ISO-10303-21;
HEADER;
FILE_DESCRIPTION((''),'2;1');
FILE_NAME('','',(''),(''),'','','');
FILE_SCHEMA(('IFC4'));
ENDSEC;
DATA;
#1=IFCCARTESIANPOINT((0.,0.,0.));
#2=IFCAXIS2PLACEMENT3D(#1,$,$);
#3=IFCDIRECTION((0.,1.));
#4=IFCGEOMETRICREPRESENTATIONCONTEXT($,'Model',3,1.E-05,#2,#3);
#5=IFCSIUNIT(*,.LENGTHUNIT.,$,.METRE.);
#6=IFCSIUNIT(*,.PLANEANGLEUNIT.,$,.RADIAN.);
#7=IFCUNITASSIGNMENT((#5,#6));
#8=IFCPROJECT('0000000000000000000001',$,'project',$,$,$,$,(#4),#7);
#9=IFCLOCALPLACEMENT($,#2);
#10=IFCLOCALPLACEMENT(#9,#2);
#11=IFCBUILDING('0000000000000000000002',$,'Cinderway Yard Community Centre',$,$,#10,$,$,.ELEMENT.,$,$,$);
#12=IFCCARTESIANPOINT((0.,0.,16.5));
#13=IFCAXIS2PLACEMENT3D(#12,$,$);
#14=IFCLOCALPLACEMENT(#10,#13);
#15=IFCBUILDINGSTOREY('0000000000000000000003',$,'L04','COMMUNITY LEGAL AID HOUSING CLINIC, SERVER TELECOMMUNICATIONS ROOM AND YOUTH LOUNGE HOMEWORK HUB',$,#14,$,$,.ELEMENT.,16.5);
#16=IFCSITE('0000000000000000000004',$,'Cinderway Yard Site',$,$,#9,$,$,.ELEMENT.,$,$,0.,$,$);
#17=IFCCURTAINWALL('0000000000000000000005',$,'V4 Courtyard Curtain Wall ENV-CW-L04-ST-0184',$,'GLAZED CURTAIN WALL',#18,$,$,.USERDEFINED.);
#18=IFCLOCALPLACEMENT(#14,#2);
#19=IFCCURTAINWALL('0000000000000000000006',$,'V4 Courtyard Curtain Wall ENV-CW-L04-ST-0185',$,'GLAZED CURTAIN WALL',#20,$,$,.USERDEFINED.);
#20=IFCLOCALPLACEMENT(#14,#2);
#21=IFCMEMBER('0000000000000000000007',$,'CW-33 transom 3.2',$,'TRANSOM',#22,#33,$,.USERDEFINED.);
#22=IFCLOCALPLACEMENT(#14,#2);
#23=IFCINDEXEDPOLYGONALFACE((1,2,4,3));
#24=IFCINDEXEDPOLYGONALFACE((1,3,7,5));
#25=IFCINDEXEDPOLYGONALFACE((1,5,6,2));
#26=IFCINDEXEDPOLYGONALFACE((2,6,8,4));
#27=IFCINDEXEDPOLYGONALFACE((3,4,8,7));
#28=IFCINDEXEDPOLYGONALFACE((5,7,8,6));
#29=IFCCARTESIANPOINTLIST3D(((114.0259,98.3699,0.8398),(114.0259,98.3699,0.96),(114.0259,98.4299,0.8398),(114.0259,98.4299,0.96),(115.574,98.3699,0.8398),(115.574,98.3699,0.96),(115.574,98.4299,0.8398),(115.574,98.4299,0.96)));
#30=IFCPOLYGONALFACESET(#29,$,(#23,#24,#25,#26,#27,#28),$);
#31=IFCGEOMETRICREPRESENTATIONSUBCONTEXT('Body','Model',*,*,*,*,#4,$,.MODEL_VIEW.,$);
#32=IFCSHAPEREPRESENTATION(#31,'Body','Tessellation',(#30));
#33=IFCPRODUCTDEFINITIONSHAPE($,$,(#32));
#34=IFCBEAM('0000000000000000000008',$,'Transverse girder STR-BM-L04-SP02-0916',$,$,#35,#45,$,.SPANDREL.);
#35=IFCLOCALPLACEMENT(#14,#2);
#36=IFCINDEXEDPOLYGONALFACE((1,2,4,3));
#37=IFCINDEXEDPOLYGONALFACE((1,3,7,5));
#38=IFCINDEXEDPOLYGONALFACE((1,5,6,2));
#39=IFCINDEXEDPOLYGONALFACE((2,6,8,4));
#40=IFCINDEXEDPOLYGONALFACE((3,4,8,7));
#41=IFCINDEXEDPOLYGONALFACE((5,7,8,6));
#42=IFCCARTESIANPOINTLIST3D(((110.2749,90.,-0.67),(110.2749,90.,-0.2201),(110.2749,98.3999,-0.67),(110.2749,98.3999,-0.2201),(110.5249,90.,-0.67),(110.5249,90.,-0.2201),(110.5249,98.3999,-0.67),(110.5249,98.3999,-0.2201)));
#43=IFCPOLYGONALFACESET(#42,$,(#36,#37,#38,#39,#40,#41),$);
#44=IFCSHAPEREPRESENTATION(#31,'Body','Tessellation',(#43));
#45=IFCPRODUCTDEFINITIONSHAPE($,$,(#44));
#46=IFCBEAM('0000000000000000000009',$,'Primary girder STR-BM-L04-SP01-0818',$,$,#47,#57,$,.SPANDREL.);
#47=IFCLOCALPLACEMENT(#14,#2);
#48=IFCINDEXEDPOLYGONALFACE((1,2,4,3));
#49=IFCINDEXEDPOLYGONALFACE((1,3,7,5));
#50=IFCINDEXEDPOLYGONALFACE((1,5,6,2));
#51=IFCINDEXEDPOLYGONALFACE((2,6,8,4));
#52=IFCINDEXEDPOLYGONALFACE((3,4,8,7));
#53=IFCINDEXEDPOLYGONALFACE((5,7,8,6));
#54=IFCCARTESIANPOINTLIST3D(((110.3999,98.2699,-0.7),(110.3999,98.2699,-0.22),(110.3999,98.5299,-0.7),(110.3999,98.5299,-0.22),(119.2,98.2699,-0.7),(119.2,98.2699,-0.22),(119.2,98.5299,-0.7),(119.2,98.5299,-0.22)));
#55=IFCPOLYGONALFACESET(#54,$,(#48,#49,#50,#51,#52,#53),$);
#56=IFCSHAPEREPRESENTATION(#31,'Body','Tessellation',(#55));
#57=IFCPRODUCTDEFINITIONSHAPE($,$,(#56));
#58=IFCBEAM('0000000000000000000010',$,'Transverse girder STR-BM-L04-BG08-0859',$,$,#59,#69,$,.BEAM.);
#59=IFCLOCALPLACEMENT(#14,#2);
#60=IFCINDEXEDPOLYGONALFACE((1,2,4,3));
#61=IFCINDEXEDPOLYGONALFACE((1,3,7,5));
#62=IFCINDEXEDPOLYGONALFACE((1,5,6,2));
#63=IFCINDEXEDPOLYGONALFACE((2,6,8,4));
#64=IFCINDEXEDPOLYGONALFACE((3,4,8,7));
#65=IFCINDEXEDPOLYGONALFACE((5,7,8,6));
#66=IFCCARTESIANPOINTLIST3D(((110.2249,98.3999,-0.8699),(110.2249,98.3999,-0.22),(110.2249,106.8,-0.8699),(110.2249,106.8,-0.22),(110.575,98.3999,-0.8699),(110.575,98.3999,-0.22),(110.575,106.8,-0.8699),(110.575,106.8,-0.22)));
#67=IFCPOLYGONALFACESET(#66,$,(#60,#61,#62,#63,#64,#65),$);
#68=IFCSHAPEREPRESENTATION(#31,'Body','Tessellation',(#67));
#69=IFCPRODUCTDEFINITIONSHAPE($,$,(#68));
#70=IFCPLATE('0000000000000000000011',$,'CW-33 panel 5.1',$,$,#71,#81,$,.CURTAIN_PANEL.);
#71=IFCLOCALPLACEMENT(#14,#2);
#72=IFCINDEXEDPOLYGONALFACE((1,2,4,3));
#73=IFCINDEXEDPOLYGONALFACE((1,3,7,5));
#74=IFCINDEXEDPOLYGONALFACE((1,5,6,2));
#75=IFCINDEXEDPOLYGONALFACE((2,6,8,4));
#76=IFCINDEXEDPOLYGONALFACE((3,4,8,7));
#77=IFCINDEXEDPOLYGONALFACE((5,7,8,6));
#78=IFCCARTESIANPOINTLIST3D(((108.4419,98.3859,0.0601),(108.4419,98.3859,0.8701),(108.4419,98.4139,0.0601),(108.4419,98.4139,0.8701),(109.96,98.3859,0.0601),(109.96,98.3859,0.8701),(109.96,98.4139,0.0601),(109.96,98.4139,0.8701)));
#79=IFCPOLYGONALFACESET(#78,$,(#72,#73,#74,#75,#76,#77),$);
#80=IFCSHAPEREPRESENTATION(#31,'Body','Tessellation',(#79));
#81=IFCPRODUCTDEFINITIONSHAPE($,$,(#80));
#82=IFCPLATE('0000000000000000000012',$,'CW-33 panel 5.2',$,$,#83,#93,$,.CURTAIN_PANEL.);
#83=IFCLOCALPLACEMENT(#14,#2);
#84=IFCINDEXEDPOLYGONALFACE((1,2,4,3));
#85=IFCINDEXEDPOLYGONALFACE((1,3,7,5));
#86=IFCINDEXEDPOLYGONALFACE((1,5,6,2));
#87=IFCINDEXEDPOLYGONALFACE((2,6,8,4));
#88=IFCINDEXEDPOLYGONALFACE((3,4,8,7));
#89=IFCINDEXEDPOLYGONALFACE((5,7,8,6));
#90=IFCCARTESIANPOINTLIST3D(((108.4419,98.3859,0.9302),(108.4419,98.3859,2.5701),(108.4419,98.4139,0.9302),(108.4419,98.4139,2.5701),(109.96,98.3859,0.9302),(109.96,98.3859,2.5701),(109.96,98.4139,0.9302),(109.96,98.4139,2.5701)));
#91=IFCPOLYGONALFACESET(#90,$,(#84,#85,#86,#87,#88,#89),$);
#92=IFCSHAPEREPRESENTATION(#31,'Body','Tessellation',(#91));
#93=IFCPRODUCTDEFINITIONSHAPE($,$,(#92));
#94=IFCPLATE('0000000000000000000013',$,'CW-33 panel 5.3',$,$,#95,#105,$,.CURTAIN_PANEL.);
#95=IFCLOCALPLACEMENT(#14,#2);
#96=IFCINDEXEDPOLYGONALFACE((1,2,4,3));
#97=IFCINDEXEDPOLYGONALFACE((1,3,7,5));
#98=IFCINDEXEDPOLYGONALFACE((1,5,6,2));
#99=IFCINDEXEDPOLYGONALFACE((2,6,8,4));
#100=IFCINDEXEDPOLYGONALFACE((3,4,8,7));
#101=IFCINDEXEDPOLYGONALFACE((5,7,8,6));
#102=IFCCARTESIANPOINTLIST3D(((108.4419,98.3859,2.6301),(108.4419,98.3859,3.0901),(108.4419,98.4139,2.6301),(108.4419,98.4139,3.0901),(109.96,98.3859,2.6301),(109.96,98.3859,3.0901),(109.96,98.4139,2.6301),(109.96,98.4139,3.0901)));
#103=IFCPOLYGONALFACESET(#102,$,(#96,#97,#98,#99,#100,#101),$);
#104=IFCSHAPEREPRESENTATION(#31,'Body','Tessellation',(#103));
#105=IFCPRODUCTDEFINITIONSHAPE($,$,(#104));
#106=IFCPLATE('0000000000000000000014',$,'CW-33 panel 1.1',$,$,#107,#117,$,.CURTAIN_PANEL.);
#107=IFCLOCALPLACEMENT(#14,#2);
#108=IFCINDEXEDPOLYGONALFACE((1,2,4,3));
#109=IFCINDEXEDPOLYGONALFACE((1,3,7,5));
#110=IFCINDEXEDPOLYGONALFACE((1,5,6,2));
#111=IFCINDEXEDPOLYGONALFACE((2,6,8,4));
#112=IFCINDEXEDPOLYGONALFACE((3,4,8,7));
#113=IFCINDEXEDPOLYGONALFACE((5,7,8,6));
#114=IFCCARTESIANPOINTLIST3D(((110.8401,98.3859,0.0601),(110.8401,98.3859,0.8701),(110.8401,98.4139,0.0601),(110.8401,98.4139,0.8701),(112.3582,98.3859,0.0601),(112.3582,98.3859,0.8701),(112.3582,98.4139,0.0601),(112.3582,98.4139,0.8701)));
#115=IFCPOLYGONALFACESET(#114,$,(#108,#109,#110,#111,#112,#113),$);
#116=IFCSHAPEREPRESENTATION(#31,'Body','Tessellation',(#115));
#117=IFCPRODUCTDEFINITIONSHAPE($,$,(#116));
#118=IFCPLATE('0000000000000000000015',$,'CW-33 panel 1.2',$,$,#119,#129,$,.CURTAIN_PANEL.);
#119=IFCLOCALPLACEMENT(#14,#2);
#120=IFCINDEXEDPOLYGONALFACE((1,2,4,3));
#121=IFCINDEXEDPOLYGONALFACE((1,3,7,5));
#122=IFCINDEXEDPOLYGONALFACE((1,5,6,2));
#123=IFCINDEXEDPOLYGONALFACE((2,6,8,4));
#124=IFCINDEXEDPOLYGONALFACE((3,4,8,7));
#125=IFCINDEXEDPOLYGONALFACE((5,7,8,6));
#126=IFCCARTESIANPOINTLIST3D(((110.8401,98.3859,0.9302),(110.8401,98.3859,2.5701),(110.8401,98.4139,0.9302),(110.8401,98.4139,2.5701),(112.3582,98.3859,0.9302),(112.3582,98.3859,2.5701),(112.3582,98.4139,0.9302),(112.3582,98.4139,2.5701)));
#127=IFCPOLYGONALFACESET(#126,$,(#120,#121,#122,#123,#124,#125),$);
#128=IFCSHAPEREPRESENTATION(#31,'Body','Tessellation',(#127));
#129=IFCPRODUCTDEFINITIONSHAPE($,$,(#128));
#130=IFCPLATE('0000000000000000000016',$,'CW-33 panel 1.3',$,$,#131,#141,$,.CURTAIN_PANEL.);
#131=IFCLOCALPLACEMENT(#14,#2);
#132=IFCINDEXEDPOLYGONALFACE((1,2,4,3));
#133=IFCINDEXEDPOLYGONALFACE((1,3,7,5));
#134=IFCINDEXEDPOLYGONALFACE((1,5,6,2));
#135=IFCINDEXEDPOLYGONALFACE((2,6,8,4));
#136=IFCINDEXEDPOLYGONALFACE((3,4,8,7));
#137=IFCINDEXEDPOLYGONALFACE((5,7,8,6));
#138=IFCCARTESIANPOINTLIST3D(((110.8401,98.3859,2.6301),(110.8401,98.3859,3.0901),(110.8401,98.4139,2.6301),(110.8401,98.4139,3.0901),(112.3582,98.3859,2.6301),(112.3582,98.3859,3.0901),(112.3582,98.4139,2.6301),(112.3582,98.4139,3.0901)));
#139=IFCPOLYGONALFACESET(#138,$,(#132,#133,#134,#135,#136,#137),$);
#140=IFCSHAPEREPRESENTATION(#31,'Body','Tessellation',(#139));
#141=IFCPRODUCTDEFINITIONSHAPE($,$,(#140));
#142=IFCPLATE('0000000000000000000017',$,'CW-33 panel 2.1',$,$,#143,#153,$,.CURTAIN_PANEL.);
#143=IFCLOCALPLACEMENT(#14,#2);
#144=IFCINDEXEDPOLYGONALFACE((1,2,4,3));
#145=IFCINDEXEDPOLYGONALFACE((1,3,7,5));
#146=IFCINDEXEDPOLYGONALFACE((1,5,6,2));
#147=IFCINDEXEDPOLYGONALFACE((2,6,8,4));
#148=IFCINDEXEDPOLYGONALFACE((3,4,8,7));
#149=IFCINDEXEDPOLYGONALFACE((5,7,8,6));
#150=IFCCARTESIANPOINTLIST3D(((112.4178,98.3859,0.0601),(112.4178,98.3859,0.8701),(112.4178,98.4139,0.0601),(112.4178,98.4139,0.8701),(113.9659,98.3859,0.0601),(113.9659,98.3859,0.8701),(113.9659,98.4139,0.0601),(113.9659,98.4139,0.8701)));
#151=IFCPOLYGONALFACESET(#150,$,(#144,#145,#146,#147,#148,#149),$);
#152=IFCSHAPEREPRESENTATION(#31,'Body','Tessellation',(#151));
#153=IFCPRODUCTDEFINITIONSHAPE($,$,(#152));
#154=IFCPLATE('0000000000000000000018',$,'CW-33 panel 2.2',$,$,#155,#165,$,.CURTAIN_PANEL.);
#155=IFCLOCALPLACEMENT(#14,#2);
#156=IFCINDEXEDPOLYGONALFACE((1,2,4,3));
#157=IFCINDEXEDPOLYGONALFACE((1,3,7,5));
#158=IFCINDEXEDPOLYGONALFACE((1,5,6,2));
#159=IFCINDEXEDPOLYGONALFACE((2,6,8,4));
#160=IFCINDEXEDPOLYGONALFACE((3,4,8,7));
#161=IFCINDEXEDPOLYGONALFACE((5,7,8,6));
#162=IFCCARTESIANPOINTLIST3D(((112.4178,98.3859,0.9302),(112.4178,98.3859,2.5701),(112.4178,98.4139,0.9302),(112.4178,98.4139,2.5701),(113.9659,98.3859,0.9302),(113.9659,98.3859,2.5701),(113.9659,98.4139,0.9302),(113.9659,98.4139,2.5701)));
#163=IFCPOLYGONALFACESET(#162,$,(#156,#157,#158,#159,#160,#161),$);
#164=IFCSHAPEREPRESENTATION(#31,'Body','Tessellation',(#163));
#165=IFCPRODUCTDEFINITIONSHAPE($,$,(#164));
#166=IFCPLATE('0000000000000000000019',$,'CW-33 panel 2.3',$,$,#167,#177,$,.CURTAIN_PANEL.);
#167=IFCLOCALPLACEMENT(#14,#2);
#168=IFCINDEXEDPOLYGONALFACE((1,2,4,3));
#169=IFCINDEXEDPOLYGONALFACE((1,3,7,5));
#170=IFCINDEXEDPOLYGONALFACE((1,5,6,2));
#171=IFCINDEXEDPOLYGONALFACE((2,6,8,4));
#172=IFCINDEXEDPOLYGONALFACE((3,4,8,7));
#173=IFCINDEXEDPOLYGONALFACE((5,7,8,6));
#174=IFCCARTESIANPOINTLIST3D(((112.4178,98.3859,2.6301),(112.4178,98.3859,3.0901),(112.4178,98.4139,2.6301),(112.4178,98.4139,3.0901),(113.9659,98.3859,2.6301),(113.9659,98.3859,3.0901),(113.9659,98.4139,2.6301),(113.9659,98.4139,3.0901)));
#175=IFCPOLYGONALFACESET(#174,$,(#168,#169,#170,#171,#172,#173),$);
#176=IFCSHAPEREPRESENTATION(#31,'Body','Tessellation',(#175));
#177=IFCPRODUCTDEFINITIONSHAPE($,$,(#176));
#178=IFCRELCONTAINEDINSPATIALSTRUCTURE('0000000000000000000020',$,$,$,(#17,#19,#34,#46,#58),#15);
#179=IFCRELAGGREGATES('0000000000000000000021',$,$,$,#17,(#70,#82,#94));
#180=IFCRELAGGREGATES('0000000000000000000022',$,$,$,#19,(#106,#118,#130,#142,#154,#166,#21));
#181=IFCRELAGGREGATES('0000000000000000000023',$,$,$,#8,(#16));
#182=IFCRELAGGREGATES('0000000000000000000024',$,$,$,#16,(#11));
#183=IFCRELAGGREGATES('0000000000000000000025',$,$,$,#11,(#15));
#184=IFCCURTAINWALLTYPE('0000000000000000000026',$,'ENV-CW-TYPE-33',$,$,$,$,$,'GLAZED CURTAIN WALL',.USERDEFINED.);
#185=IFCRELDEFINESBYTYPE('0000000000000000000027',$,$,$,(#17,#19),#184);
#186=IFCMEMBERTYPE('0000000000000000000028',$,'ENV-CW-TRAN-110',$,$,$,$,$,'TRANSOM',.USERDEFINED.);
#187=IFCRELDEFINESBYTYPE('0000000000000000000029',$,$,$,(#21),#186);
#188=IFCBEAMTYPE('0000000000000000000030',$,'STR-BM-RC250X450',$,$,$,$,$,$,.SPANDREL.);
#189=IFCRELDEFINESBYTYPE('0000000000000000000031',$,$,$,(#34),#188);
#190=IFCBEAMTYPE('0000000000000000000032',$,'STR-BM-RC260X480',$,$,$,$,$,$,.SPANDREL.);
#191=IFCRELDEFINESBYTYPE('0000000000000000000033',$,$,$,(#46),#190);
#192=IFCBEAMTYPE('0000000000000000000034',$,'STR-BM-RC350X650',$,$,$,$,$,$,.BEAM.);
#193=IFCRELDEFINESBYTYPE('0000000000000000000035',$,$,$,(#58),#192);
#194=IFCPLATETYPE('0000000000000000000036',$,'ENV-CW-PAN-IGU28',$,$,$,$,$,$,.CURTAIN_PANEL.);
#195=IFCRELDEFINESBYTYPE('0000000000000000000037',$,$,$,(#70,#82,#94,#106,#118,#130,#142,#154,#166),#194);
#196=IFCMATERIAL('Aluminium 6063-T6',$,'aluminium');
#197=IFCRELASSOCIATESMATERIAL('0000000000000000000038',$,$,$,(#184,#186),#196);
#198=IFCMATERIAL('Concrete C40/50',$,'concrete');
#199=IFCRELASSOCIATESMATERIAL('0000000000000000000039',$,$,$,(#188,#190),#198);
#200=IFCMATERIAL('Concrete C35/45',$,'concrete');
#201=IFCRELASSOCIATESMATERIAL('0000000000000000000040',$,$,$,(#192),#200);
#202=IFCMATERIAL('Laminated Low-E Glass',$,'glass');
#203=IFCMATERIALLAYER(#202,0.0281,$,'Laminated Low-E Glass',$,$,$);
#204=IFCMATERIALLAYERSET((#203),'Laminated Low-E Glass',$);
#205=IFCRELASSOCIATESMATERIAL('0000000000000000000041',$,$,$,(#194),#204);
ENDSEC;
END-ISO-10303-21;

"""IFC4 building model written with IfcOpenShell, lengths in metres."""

from ifc_helpers import new_model, si_unit, direction, frame, origin, origin_2d, place, context, subcontext, project, spatial, rectangle, extrude, material, layer, layer_set, material_profile, profile_set, type_object, element, aggregate, save


model = new_model("IFC4")

# Units and contexts
model_context = context("Model", 3, precision=1e-05, world=origin(), true_north=direction((0.0, 1.0)))
body_context = subcontext(model_context, "Body", "Model", "MODEL_VIEW")
ifc_project = project(units=[si_unit("LENGTHUNIT", "METRE"), si_unit("PLANEANGLEUNIT", "RADIAN")], contexts=[model_context])

# Site, building, storey
site_placement = place(None, origin())
site = spatial("IfcSite", under=ifc_project, at=site_placement, Name="Cinderway Yard Site", CompositionType="ELEMENT", RefElevation=0.0)
building_placement = place(site_placement, origin())
building = spatial("IfcBuilding", under=site, at=building_placement, Name="Cinderway Yard Community Centre", CompositionType="ELEMENT")
storey_placement = place(building_placement, frame((0.0, 0.0, 16.5)))
storey = spatial("IfcBuildingStorey", under=building, at=storey_placement, Name="L04", Description="COMMUNITY LEGAL AID HOUSING CLINIC, SERVER TELECOMMUNICATIONS ROOM AND YOUTH LOUNGE HOMEWORK HUB", CompositionType="ELEMENT", Elevation=16.5)

# Shared definitions
ifc_material_1 = material(Name="Concrete C40/50", Category="concrete")

# Curtain wall
ifc_material_2 = material(Name="Aluminium 6063-T6", Category="aluminium")
curtain_wall_type = type_object("IfcCurtainWallType", Name="ENV-CW-TYPE-33", ElementType="GLAZED CURTAIN WALL", PredefinedType="USERDEFINED", material=ifc_material_2)
curtain_wall_1_placement = place(storey_placement, origin())
curtain_wall_1 = element("IfcCurtainWall", 1, at=curtain_wall_1_placement, inside=storey, type_object=curtain_wall_type, Name="V4 Courtyard Curtain Wall ENV-CW-L04-ST-0184", ObjectType="GLAZED CURTAIN WALL", PredefinedType="USERDEFINED")

# Curtain wall, member
curtain_wall_2_placement = place(storey_placement, origin())
curtain_wall_2 = element("IfcCurtainWall", 2, at=curtain_wall_2_placement, inside=storey, type_object=curtain_wall_type, Name="V4 Courtyard Curtain Wall ENV-CW-L04-ST-0185", ObjectType="GLAZED CURTAIN WALL", PredefinedType="USERDEFINED")
ifc_material_profile_1 = material_profile(ifc_material_2, rectangle(XDim=0.0601, YDim=0.1201, at=origin_2d()), Name="Aluminium 6063-T6")
ifc_profile_set_1 = profile_set([ifc_material_profile_1], Name="Aluminium 6063-T6")
member_type_1 = type_object("IfcMemberType", Name="ENV-CW-TRAN-110", ElementType="TRANSOM", PredefinedType="USERDEFINED", material=ifc_profile_set_1)
member_1_placement = place(storey_placement, frame((114.0259, 98.3999, 0.8999), z_axis=(1.0, 0.0, 0.0), x_axis=(0.0, 1.0, 0.0)))
member_1 = element("IfcMember", 3, at=member_1_placement, type_object=member_type_1, Name="CW-33 transom 3.2", ObjectType="TRANSOM", PredefinedType="USERDEFINED", context=body_context, shape_type="SweptSolid", body=[
    extrude(rectangle(XDim=0.0601, YDim=0.1201, at=origin_2d()), origin(), (0.0, 0.0, 1.0), 1.5481),
])

# Beams
ifc_material_profile_2 = material_profile(ifc_material_1, rectangle(XDim=0.25, YDim=0.45, at=origin_2d()), Name="Concrete C40/50")
ifc_profile_set_2 = profile_set([ifc_material_profile_2], Name="Concrete C40/50")
beam_type_1 = type_object("IfcBeamType", Name="STR-BM-RC250X450", PredefinedType="SPANDREL", material=ifc_profile_set_2)
beam_1_placement = place(storey_placement, frame((110.3999, 90.0, -0.4451), z_axis=(0.0, 1.0, 0.0), x_axis=(-1.0, 0.0, 0.0)))
element("IfcBeam", 4, at=beam_1_placement, inside=storey, type_object=beam_type_1, Name="Transverse girder STR-BM-L04-SP02-0916", PredefinedType="SPANDREL", context=body_context, shape_type="SweptSolid", body=[
    extrude(rectangle(XDim=0.25, YDim=0.45, at=origin_2d()), origin(), (0.0, 0.0, 1.0), 8.3999),
])
ifc_material_profile_3 = material_profile(ifc_material_1, rectangle(XDim=0.26, YDim=0.48, at=origin_2d()), Name="Concrete C40/50")
ifc_profile_set_3 = profile_set([ifc_material_profile_3], Name="Concrete C40/50")
beam_type_2 = type_object("IfcBeamType", Name="STR-BM-RC260X480", PredefinedType="SPANDREL", material=ifc_profile_set_3)
beam_2_placement = place(storey_placement, frame((110.3999, 98.3999, -0.46), z_axis=(1.0, 0.0, 0.0), x_axis=(0.0, 1.0, 0.0)))
element("IfcBeam", 5, at=beam_2_placement, inside=storey, type_object=beam_type_2, Name="Primary girder STR-BM-L04-SP01-0818", PredefinedType="SPANDREL", context=body_context, shape_type="SweptSolid", body=[
    extrude(rectangle(XDim=0.26, YDim=0.48, at=origin_2d()), origin(), (0.0, 0.0, 1.0), 8.8),
])
ifc_material_3 = material(Name="Concrete C35/45", Category="concrete")
ifc_material_profile_4 = material_profile(ifc_material_3, rectangle(XDim=0.3501, YDim=0.6499, at=origin_2d()), Name="Concrete C35/45")
ifc_profile_set_4 = profile_set([ifc_material_profile_4], Name="Concrete C35/45")
beam_type_3 = type_object("IfcBeamType", Name="STR-BM-RC350X650", PredefinedType="BEAM", material=ifc_profile_set_4)
beam_3_placement = place(storey_placement, frame((110.3999, 98.3999, -0.5449), z_axis=(0.0, 1.0, 0.0), x_axis=(-1.0, 0.0, 0.0)))
element("IfcBeam", 6, at=beam_3_placement, inside=storey, type_object=beam_type_3, Name="Transverse girder STR-BM-L04-BG08-0859", PredefinedType="BEAM", context=body_context, shape_type="SweptSolid", body=[
    extrude(rectangle(XDim=0.3501, YDim=0.6499, at=origin_2d()), origin(), (0.0, 0.0, 1.0), 8.4001),
])

# Plates
ifc_material_4 = material(Name="Laminated Low-E Glass", Category="glass")
ifc_layer = layer(ifc_material_4, 0.0281, Name="Laminated Low-E Glass")
ifc_layer_set = layer_set([ifc_layer], Name="Laminated Low-E Glass")
plate_type = type_object("IfcPlateType", Name="ENV-CW-PAN-IGU28", PredefinedType="CURTAIN_PANEL", material=ifc_layer_set)
plate_1_placement = place(storey_placement, frame((109.2009, 98.3999, 0.0601), z_axis=(0.0, 0.0, 1.0), x_axis=(1.0, 0.0, 0.0)))
plate_1 = element("IfcPlate", 7, at=plate_1_placement, type_object=plate_type, Name="CW-33 panel 5.1", PredefinedType="CURTAIN_PANEL", context=body_context, shape_type="SweptSolid", body=[
    extrude(rectangle(XDim=1.5181, YDim=0.0281, at=origin_2d()), origin(), (0.0, 0.0, 1.0), 0.8101),
])
plate_2_placement = place(storey_placement, frame((109.2009, 98.3999, 0.9302), z_axis=(0.0, 0.0, 1.0), x_axis=(1.0, 0.0, 0.0)))
plate_2 = element("IfcPlate", 8, at=plate_2_placement, type_object=plate_type, Name="CW-33 panel 5.2", PredefinedType="CURTAIN_PANEL", context=body_context, shape_type="SweptSolid", body=[
    extrude(rectangle(XDim=1.5181, YDim=0.0281, at=origin_2d()), origin(), (0.0, 0.0, 1.0), 1.6399),
])
plate_3_placement = place(storey_placement, frame((109.2009, 98.3999, 2.6301), z_axis=(0.0, 0.0, 1.0), x_axis=(1.0, 0.0, 0.0)))
plate_3 = element("IfcPlate", 9, at=plate_3_placement, type_object=plate_type, Name="CW-33 panel 5.3", PredefinedType="CURTAIN_PANEL", context=body_context, shape_type="SweptSolid", body=[
    extrude(rectangle(XDim=1.5181, YDim=0.0281, at=origin_2d()), origin(), (0.0, 0.0, 1.0), 0.46),
])
aggregate(curtain_wall_1, [plate_1, plate_2, plate_3])
plate_4_placement = place(storey_placement, frame((111.5991, 98.3999, 0.0601), z_axis=(0.0, 0.0, 1.0), x_axis=(1.0, 0.0, 0.0)))
plate_4 = element("IfcPlate", 10, at=plate_4_placement, type_object=plate_type, Name="CW-33 panel 1.1", PredefinedType="CURTAIN_PANEL", context=body_context, shape_type="SweptSolid", body=[
    extrude(rectangle(XDim=1.5181, YDim=0.0281, at=origin_2d()), origin(), (0.0, 0.0, 1.0), 0.8101),
])
plate_5_placement = place(storey_placement, frame((111.5991, 98.3999, 0.9302), z_axis=(0.0, 0.0, 1.0), x_axis=(1.0, 0.0, 0.0)))
plate_5 = element("IfcPlate", 11, at=plate_5_placement, type_object=plate_type, Name="CW-33 panel 1.2", PredefinedType="CURTAIN_PANEL", context=body_context, shape_type="SweptSolid", body=[
    extrude(rectangle(XDim=1.5181, YDim=0.0281, at=origin_2d()), origin(), (0.0, 0.0, 1.0), 1.6399),
])
plate_6_placement = place(storey_placement, frame((111.5991, 98.3999, 2.6301), z_axis=(0.0, 0.0, 1.0), x_axis=(1.0, 0.0, 0.0)))
plate_6 = element("IfcPlate", 12, at=plate_6_placement, type_object=plate_type, Name="CW-33 panel 1.3", PredefinedType="CURTAIN_PANEL", context=body_context, shape_type="SweptSolid", body=[
    extrude(rectangle(XDim=1.5181, YDim=0.0281, at=origin_2d()), origin(), (0.0, 0.0, 1.0), 0.46),
])
plate_7_placement = place(storey_placement, frame((113.1919, 98.3999, 0.0601), z_axis=(0.0, 0.0, 1.0), x_axis=(1.0, 0.0, 0.0)))
plate_7 = element("IfcPlate", 13, at=plate_7_placement, type_object=plate_type, Name="CW-33 panel 2.1", PredefinedType="CURTAIN_PANEL", context=body_context, shape_type="SweptSolid", body=[
    extrude(rectangle(XDim=1.5481, YDim=0.0281, at=origin_2d()), origin(), (0.0, 0.0, 1.0), 0.8101),
])
plate_8_placement = place(storey_placement, frame((113.1919, 98.3999, 0.9302), z_axis=(0.0, 0.0, 1.0), x_axis=(1.0, 0.0, 0.0)))
plate_8 = element("IfcPlate", 14, at=plate_8_placement, type_object=plate_type, Name="CW-33 panel 2.2", PredefinedType="CURTAIN_PANEL", context=body_context, shape_type="SweptSolid", body=[
    extrude(rectangle(XDim=1.5481, YDim=0.0281, at=origin_2d()), origin(), (0.0, 0.0, 1.0), 1.6399),
])
plate_9_placement = place(storey_placement, frame((113.1919, 98.3999, 2.6301), z_axis=(0.0, 0.0, 1.0), x_axis=(1.0, 0.0, 0.0)))
plate_9 = element("IfcPlate", 15, at=plate_9_placement, type_object=plate_type, Name="CW-33 panel 2.3", PredefinedType="CURTAIN_PANEL", context=body_context, shape_type="SweptSolid", body=[
    extrude(rectangle(XDim=1.5481, YDim=0.0281, at=origin_2d()), origin(), (0.0, 0.0, 1.0), 0.46),
])
aggregate(curtain_wall_2, [plate_4, plate_5, plate_6, plate_7, plate_8, plate_9, member_1])

save(model, "model.ifc")
